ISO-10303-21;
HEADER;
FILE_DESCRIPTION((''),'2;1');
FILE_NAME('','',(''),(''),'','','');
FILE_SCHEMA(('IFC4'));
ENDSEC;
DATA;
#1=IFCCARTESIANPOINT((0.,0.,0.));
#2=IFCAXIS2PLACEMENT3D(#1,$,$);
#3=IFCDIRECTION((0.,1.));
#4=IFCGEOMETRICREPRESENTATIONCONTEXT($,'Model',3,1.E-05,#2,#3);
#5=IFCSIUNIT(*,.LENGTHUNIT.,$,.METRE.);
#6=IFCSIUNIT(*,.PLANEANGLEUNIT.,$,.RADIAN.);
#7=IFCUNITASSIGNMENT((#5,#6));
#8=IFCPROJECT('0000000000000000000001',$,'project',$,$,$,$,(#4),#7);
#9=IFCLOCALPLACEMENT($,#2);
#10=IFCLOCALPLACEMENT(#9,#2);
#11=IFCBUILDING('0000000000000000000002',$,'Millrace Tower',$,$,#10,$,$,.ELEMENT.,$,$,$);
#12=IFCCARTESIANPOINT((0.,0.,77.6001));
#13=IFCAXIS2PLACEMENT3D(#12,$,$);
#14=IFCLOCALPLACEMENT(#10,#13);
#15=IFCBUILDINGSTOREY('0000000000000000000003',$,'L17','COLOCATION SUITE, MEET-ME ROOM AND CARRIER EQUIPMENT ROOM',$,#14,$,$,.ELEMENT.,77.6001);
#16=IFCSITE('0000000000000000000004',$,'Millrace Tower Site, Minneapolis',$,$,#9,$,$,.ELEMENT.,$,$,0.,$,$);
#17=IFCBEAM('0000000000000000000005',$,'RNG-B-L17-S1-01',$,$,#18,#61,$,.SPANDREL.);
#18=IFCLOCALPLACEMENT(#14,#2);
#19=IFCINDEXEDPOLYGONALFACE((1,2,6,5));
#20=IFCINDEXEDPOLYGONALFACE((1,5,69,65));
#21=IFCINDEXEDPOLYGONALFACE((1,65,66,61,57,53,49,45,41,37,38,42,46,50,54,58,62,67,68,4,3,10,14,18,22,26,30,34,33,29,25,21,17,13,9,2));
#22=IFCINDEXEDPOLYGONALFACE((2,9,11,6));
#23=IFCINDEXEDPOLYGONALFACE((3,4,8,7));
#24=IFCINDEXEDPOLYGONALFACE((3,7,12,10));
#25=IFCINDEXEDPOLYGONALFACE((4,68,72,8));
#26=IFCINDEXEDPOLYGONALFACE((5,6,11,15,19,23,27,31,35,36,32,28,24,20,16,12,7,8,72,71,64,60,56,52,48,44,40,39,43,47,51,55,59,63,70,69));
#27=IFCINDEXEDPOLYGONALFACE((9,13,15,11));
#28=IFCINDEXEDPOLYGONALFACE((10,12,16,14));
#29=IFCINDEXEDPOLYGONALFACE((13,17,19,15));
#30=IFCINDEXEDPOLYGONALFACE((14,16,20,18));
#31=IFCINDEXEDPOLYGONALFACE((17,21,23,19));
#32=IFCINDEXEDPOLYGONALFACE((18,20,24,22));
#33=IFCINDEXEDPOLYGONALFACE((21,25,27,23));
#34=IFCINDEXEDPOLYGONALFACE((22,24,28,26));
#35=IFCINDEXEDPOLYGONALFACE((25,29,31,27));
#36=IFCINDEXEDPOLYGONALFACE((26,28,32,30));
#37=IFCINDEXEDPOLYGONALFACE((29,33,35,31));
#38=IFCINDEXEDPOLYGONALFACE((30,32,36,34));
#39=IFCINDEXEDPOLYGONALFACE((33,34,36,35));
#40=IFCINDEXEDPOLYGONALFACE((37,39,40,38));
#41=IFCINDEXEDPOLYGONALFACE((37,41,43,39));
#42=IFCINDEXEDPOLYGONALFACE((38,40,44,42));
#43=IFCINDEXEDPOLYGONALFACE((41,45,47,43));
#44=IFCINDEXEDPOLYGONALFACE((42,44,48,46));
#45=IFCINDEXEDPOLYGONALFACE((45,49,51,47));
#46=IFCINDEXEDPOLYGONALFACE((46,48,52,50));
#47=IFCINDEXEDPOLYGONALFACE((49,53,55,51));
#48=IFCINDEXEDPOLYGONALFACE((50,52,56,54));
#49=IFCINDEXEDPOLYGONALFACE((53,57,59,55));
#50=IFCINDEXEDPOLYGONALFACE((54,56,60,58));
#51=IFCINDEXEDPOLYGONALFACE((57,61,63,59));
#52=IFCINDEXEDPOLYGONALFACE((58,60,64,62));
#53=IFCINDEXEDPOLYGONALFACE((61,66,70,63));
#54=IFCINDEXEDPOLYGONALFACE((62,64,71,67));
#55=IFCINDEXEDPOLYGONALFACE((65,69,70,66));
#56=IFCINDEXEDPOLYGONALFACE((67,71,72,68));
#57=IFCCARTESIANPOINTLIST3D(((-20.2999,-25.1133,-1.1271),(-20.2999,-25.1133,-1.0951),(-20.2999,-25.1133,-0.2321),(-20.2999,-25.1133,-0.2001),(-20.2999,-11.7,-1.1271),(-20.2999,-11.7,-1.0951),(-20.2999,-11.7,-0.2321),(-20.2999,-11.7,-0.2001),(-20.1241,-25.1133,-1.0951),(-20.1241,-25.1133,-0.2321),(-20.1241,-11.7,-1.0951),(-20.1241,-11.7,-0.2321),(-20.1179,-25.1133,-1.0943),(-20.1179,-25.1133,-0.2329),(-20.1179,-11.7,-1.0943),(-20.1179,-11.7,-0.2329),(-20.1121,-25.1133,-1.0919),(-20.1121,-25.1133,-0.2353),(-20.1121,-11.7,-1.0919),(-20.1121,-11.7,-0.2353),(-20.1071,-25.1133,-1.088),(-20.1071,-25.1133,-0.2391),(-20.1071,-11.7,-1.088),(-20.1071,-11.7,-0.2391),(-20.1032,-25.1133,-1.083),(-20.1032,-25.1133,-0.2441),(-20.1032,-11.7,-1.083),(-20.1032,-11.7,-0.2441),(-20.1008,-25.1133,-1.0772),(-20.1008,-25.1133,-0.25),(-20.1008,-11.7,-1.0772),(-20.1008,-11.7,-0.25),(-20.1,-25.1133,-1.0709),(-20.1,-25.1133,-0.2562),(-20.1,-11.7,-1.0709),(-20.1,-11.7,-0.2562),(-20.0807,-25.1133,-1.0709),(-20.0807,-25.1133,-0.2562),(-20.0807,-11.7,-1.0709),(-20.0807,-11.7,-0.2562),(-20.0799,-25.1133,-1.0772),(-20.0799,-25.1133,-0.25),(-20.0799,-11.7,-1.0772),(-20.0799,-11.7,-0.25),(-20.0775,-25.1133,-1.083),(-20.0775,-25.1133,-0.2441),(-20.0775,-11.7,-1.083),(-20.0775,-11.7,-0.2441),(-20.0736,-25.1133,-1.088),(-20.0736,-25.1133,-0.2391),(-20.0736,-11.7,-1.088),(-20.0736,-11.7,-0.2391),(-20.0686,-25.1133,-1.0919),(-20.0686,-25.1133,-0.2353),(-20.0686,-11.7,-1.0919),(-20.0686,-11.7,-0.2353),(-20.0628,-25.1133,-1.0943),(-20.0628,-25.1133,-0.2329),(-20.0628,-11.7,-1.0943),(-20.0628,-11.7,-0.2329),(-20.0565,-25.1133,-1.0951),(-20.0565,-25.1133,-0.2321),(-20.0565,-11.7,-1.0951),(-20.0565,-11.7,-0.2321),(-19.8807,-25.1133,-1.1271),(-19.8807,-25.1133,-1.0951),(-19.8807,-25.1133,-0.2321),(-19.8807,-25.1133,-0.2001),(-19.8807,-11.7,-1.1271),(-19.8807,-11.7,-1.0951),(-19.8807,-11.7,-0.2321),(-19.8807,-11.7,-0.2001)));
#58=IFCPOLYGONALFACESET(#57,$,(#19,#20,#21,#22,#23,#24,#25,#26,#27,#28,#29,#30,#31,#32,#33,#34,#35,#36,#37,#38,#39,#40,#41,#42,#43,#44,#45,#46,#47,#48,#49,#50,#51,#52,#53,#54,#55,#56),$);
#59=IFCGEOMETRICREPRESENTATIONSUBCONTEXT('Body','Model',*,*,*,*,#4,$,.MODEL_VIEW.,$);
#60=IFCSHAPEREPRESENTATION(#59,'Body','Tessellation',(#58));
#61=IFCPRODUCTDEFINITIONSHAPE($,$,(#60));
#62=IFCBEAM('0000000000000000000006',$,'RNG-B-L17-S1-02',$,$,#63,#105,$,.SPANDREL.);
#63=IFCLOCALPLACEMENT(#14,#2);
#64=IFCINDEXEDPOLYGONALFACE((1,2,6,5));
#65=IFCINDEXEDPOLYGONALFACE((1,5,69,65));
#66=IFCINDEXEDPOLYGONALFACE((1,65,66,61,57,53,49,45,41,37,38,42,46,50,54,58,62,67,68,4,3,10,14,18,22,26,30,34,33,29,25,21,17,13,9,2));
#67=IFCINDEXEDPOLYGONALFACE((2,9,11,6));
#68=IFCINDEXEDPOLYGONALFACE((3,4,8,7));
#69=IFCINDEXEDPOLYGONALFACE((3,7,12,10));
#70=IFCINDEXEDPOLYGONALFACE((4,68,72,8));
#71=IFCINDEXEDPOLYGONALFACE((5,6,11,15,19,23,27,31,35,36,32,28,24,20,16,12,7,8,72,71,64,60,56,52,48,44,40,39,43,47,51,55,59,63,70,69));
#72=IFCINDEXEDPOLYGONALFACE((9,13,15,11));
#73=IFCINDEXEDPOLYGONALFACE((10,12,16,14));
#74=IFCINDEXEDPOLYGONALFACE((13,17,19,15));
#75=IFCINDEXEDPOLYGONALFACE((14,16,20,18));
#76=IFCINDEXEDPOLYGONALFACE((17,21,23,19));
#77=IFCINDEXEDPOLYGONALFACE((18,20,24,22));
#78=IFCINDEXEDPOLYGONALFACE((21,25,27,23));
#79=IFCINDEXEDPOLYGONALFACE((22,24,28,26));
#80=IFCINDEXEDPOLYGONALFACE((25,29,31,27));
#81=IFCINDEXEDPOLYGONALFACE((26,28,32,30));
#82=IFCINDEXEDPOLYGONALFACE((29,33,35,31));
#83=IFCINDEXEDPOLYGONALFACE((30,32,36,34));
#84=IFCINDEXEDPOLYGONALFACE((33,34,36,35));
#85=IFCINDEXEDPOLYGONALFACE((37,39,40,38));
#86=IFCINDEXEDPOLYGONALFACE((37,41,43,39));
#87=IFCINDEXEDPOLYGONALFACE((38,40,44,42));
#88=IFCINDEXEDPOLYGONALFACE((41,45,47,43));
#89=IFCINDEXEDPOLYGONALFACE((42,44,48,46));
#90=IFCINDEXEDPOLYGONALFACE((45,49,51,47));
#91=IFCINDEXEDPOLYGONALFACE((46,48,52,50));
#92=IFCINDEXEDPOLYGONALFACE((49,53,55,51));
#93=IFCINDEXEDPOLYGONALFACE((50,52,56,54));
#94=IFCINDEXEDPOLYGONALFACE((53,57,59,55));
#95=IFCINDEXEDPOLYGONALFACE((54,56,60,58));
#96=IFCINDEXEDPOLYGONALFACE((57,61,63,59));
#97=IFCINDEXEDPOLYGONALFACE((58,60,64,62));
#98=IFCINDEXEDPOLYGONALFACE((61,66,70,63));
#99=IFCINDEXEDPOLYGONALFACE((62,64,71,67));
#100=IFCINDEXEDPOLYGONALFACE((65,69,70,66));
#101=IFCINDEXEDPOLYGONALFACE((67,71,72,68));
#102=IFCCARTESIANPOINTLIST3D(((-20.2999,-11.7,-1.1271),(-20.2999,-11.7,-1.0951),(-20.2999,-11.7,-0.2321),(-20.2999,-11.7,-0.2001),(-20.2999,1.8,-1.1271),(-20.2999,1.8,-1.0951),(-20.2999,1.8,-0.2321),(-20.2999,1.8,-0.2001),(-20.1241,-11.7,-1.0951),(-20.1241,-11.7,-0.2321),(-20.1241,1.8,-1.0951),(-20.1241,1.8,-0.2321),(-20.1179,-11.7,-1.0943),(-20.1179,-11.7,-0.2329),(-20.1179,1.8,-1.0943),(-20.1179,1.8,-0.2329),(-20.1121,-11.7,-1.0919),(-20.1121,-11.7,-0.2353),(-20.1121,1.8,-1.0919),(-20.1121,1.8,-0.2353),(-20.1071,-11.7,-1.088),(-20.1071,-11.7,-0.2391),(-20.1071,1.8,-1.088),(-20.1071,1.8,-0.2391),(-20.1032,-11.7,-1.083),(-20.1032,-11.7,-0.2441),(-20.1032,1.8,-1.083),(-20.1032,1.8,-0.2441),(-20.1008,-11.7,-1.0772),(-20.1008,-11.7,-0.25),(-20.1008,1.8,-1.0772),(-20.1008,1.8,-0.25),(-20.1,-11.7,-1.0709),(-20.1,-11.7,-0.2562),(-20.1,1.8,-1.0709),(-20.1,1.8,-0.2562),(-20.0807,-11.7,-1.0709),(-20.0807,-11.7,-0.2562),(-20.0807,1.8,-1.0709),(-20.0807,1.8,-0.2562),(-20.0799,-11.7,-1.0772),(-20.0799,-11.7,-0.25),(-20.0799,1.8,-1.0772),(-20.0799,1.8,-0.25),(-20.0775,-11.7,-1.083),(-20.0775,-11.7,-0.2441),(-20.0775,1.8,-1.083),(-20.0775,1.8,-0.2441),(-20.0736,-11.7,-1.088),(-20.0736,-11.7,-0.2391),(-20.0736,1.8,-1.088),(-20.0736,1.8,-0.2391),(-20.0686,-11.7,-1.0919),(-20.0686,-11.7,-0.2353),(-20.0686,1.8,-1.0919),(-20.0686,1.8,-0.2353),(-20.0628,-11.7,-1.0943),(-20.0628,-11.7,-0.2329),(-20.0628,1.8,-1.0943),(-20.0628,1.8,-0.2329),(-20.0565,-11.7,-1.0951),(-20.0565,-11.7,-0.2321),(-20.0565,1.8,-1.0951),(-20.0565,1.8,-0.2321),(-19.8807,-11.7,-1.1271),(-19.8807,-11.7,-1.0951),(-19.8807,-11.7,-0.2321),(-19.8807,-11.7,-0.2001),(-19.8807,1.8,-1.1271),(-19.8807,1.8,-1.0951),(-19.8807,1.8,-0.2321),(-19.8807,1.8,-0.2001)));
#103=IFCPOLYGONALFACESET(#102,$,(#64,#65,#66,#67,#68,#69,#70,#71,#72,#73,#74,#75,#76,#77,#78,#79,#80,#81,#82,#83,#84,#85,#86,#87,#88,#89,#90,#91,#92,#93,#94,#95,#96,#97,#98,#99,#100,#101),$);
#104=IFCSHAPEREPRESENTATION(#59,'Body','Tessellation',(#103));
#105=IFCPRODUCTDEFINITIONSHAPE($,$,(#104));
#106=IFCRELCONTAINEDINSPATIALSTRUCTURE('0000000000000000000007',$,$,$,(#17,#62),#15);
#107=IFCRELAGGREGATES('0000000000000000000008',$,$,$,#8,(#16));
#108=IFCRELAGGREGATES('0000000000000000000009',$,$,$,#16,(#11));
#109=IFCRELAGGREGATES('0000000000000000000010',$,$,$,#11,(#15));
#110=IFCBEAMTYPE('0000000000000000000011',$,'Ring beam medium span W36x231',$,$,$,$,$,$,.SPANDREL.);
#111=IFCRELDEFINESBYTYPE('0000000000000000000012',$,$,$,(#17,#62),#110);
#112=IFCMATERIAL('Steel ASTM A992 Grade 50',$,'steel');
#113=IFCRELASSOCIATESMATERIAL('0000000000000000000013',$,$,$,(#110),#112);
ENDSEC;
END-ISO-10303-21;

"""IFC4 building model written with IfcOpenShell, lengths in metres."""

from ifc_helpers import new_model, si_unit, direction, frame, origin, origin_2d, place, context, subcontext, project, spatial, i_section, extrude, material, material_profile, profile_set, type_object, element, save


model = new_model("IFC4")

# Units and contexts
model_context = context("Model", 3, precision=1e-05, world=origin(), true_north=direction((0.0, 1.0)))
body_context = subcontext(model_context, "Body", "Model", "MODEL_VIEW")
ifc_project = project(units=[si_unit("LENGTHUNIT", "METRE"), si_unit("PLANEANGLEUNIT", "RADIAN")], contexts=[model_context])

# Site, building, storey
site_placement = place(None, origin())
site = spatial("IfcSite", under=ifc_project, at=site_placement, Name="Millrace Tower Site, Minneapolis", CompositionType="ELEMENT", RefElevation=0.0)
building_placement = place(site_placement, origin())
building = spatial("IfcBuilding", under=site, at=building_placement, Name="Millrace Tower", CompositionType="ELEMENT")
storey_placement = place(building_placement, frame((0.0, 0.0, 77.6001)))
storey = spatial("IfcBuildingStorey", under=building, at=storey_placement, Name="L17", Description="COLOCATION SUITE, MEET-ME ROOM AND CARRIER EQUIPMENT ROOM", CompositionType="ELEMENT", Elevation=77.6001)

# Beams
ifc_material_1 = material(Name="Steel ASTM A992 Grade 50", Category="steel")
ifc_material_profile_1 = material_profile(ifc_material_1, i_section(OverallWidth=0.4192, OverallDepth=0.927, WebThickness=0.0193, FlangeThickness=0.032, FilletRadius=0.0242, at=origin_2d()))
ifc_profile_set_1 = profile_set([ifc_material_profile_1], Name="Steel ASTM A992 Grade 50")
beam_type_1 = type_object("IfcBeamType", Name="Ring beam medium span W36x231", PredefinedType="SPANDREL", material=ifc_profile_set_1)
beam_1_placement = place(storey_placement, frame((-20.0903, -25.1133, -0.6636), z_axis=(0.0, 1.0, 0.0), x_axis=(-1.0, 0.0, 0.0)))
element("IfcBeam", 1, at=beam_1_placement, inside=storey, type_object=beam_type_1, Name="RNG-B-L17-S1-01", PredefinedType="SPANDREL", context=body_context, shape_type="SweptSolid", body=[
    extrude(i_section(OverallWidth=0.4192, OverallDepth=0.927, WebThickness=0.0193, FlangeThickness=0.032, FilletRadius=0.0242, at=origin_2d()), origin(), (0.0, 0.0, 1.0), 13.4133),
])
beam_2_placement = place(storey_placement, frame((-20.0903, -11.7, -0.6636), z_axis=(0.0, 1.0, 0.0), x_axis=(-1.0, 0.0, 0.0)))
element("IfcBeam", 2, at=beam_2_placement, inside=storey, type_object=beam_type_1, Name="RNG-B-L17-S1-02", PredefinedType="SPANDREL", context=body_context, shape_type="SweptSolid", body=[
    extrude(i_section(OverallWidth=0.4192, OverallDepth=0.927, WebThickness=0.0193, FlangeThickness=0.032, FilletRadius=0.0242, at=origin_2d()), origin(), (0.0, 0.0, 1.0), 13.5),
])

save(model, "model.ifc")
